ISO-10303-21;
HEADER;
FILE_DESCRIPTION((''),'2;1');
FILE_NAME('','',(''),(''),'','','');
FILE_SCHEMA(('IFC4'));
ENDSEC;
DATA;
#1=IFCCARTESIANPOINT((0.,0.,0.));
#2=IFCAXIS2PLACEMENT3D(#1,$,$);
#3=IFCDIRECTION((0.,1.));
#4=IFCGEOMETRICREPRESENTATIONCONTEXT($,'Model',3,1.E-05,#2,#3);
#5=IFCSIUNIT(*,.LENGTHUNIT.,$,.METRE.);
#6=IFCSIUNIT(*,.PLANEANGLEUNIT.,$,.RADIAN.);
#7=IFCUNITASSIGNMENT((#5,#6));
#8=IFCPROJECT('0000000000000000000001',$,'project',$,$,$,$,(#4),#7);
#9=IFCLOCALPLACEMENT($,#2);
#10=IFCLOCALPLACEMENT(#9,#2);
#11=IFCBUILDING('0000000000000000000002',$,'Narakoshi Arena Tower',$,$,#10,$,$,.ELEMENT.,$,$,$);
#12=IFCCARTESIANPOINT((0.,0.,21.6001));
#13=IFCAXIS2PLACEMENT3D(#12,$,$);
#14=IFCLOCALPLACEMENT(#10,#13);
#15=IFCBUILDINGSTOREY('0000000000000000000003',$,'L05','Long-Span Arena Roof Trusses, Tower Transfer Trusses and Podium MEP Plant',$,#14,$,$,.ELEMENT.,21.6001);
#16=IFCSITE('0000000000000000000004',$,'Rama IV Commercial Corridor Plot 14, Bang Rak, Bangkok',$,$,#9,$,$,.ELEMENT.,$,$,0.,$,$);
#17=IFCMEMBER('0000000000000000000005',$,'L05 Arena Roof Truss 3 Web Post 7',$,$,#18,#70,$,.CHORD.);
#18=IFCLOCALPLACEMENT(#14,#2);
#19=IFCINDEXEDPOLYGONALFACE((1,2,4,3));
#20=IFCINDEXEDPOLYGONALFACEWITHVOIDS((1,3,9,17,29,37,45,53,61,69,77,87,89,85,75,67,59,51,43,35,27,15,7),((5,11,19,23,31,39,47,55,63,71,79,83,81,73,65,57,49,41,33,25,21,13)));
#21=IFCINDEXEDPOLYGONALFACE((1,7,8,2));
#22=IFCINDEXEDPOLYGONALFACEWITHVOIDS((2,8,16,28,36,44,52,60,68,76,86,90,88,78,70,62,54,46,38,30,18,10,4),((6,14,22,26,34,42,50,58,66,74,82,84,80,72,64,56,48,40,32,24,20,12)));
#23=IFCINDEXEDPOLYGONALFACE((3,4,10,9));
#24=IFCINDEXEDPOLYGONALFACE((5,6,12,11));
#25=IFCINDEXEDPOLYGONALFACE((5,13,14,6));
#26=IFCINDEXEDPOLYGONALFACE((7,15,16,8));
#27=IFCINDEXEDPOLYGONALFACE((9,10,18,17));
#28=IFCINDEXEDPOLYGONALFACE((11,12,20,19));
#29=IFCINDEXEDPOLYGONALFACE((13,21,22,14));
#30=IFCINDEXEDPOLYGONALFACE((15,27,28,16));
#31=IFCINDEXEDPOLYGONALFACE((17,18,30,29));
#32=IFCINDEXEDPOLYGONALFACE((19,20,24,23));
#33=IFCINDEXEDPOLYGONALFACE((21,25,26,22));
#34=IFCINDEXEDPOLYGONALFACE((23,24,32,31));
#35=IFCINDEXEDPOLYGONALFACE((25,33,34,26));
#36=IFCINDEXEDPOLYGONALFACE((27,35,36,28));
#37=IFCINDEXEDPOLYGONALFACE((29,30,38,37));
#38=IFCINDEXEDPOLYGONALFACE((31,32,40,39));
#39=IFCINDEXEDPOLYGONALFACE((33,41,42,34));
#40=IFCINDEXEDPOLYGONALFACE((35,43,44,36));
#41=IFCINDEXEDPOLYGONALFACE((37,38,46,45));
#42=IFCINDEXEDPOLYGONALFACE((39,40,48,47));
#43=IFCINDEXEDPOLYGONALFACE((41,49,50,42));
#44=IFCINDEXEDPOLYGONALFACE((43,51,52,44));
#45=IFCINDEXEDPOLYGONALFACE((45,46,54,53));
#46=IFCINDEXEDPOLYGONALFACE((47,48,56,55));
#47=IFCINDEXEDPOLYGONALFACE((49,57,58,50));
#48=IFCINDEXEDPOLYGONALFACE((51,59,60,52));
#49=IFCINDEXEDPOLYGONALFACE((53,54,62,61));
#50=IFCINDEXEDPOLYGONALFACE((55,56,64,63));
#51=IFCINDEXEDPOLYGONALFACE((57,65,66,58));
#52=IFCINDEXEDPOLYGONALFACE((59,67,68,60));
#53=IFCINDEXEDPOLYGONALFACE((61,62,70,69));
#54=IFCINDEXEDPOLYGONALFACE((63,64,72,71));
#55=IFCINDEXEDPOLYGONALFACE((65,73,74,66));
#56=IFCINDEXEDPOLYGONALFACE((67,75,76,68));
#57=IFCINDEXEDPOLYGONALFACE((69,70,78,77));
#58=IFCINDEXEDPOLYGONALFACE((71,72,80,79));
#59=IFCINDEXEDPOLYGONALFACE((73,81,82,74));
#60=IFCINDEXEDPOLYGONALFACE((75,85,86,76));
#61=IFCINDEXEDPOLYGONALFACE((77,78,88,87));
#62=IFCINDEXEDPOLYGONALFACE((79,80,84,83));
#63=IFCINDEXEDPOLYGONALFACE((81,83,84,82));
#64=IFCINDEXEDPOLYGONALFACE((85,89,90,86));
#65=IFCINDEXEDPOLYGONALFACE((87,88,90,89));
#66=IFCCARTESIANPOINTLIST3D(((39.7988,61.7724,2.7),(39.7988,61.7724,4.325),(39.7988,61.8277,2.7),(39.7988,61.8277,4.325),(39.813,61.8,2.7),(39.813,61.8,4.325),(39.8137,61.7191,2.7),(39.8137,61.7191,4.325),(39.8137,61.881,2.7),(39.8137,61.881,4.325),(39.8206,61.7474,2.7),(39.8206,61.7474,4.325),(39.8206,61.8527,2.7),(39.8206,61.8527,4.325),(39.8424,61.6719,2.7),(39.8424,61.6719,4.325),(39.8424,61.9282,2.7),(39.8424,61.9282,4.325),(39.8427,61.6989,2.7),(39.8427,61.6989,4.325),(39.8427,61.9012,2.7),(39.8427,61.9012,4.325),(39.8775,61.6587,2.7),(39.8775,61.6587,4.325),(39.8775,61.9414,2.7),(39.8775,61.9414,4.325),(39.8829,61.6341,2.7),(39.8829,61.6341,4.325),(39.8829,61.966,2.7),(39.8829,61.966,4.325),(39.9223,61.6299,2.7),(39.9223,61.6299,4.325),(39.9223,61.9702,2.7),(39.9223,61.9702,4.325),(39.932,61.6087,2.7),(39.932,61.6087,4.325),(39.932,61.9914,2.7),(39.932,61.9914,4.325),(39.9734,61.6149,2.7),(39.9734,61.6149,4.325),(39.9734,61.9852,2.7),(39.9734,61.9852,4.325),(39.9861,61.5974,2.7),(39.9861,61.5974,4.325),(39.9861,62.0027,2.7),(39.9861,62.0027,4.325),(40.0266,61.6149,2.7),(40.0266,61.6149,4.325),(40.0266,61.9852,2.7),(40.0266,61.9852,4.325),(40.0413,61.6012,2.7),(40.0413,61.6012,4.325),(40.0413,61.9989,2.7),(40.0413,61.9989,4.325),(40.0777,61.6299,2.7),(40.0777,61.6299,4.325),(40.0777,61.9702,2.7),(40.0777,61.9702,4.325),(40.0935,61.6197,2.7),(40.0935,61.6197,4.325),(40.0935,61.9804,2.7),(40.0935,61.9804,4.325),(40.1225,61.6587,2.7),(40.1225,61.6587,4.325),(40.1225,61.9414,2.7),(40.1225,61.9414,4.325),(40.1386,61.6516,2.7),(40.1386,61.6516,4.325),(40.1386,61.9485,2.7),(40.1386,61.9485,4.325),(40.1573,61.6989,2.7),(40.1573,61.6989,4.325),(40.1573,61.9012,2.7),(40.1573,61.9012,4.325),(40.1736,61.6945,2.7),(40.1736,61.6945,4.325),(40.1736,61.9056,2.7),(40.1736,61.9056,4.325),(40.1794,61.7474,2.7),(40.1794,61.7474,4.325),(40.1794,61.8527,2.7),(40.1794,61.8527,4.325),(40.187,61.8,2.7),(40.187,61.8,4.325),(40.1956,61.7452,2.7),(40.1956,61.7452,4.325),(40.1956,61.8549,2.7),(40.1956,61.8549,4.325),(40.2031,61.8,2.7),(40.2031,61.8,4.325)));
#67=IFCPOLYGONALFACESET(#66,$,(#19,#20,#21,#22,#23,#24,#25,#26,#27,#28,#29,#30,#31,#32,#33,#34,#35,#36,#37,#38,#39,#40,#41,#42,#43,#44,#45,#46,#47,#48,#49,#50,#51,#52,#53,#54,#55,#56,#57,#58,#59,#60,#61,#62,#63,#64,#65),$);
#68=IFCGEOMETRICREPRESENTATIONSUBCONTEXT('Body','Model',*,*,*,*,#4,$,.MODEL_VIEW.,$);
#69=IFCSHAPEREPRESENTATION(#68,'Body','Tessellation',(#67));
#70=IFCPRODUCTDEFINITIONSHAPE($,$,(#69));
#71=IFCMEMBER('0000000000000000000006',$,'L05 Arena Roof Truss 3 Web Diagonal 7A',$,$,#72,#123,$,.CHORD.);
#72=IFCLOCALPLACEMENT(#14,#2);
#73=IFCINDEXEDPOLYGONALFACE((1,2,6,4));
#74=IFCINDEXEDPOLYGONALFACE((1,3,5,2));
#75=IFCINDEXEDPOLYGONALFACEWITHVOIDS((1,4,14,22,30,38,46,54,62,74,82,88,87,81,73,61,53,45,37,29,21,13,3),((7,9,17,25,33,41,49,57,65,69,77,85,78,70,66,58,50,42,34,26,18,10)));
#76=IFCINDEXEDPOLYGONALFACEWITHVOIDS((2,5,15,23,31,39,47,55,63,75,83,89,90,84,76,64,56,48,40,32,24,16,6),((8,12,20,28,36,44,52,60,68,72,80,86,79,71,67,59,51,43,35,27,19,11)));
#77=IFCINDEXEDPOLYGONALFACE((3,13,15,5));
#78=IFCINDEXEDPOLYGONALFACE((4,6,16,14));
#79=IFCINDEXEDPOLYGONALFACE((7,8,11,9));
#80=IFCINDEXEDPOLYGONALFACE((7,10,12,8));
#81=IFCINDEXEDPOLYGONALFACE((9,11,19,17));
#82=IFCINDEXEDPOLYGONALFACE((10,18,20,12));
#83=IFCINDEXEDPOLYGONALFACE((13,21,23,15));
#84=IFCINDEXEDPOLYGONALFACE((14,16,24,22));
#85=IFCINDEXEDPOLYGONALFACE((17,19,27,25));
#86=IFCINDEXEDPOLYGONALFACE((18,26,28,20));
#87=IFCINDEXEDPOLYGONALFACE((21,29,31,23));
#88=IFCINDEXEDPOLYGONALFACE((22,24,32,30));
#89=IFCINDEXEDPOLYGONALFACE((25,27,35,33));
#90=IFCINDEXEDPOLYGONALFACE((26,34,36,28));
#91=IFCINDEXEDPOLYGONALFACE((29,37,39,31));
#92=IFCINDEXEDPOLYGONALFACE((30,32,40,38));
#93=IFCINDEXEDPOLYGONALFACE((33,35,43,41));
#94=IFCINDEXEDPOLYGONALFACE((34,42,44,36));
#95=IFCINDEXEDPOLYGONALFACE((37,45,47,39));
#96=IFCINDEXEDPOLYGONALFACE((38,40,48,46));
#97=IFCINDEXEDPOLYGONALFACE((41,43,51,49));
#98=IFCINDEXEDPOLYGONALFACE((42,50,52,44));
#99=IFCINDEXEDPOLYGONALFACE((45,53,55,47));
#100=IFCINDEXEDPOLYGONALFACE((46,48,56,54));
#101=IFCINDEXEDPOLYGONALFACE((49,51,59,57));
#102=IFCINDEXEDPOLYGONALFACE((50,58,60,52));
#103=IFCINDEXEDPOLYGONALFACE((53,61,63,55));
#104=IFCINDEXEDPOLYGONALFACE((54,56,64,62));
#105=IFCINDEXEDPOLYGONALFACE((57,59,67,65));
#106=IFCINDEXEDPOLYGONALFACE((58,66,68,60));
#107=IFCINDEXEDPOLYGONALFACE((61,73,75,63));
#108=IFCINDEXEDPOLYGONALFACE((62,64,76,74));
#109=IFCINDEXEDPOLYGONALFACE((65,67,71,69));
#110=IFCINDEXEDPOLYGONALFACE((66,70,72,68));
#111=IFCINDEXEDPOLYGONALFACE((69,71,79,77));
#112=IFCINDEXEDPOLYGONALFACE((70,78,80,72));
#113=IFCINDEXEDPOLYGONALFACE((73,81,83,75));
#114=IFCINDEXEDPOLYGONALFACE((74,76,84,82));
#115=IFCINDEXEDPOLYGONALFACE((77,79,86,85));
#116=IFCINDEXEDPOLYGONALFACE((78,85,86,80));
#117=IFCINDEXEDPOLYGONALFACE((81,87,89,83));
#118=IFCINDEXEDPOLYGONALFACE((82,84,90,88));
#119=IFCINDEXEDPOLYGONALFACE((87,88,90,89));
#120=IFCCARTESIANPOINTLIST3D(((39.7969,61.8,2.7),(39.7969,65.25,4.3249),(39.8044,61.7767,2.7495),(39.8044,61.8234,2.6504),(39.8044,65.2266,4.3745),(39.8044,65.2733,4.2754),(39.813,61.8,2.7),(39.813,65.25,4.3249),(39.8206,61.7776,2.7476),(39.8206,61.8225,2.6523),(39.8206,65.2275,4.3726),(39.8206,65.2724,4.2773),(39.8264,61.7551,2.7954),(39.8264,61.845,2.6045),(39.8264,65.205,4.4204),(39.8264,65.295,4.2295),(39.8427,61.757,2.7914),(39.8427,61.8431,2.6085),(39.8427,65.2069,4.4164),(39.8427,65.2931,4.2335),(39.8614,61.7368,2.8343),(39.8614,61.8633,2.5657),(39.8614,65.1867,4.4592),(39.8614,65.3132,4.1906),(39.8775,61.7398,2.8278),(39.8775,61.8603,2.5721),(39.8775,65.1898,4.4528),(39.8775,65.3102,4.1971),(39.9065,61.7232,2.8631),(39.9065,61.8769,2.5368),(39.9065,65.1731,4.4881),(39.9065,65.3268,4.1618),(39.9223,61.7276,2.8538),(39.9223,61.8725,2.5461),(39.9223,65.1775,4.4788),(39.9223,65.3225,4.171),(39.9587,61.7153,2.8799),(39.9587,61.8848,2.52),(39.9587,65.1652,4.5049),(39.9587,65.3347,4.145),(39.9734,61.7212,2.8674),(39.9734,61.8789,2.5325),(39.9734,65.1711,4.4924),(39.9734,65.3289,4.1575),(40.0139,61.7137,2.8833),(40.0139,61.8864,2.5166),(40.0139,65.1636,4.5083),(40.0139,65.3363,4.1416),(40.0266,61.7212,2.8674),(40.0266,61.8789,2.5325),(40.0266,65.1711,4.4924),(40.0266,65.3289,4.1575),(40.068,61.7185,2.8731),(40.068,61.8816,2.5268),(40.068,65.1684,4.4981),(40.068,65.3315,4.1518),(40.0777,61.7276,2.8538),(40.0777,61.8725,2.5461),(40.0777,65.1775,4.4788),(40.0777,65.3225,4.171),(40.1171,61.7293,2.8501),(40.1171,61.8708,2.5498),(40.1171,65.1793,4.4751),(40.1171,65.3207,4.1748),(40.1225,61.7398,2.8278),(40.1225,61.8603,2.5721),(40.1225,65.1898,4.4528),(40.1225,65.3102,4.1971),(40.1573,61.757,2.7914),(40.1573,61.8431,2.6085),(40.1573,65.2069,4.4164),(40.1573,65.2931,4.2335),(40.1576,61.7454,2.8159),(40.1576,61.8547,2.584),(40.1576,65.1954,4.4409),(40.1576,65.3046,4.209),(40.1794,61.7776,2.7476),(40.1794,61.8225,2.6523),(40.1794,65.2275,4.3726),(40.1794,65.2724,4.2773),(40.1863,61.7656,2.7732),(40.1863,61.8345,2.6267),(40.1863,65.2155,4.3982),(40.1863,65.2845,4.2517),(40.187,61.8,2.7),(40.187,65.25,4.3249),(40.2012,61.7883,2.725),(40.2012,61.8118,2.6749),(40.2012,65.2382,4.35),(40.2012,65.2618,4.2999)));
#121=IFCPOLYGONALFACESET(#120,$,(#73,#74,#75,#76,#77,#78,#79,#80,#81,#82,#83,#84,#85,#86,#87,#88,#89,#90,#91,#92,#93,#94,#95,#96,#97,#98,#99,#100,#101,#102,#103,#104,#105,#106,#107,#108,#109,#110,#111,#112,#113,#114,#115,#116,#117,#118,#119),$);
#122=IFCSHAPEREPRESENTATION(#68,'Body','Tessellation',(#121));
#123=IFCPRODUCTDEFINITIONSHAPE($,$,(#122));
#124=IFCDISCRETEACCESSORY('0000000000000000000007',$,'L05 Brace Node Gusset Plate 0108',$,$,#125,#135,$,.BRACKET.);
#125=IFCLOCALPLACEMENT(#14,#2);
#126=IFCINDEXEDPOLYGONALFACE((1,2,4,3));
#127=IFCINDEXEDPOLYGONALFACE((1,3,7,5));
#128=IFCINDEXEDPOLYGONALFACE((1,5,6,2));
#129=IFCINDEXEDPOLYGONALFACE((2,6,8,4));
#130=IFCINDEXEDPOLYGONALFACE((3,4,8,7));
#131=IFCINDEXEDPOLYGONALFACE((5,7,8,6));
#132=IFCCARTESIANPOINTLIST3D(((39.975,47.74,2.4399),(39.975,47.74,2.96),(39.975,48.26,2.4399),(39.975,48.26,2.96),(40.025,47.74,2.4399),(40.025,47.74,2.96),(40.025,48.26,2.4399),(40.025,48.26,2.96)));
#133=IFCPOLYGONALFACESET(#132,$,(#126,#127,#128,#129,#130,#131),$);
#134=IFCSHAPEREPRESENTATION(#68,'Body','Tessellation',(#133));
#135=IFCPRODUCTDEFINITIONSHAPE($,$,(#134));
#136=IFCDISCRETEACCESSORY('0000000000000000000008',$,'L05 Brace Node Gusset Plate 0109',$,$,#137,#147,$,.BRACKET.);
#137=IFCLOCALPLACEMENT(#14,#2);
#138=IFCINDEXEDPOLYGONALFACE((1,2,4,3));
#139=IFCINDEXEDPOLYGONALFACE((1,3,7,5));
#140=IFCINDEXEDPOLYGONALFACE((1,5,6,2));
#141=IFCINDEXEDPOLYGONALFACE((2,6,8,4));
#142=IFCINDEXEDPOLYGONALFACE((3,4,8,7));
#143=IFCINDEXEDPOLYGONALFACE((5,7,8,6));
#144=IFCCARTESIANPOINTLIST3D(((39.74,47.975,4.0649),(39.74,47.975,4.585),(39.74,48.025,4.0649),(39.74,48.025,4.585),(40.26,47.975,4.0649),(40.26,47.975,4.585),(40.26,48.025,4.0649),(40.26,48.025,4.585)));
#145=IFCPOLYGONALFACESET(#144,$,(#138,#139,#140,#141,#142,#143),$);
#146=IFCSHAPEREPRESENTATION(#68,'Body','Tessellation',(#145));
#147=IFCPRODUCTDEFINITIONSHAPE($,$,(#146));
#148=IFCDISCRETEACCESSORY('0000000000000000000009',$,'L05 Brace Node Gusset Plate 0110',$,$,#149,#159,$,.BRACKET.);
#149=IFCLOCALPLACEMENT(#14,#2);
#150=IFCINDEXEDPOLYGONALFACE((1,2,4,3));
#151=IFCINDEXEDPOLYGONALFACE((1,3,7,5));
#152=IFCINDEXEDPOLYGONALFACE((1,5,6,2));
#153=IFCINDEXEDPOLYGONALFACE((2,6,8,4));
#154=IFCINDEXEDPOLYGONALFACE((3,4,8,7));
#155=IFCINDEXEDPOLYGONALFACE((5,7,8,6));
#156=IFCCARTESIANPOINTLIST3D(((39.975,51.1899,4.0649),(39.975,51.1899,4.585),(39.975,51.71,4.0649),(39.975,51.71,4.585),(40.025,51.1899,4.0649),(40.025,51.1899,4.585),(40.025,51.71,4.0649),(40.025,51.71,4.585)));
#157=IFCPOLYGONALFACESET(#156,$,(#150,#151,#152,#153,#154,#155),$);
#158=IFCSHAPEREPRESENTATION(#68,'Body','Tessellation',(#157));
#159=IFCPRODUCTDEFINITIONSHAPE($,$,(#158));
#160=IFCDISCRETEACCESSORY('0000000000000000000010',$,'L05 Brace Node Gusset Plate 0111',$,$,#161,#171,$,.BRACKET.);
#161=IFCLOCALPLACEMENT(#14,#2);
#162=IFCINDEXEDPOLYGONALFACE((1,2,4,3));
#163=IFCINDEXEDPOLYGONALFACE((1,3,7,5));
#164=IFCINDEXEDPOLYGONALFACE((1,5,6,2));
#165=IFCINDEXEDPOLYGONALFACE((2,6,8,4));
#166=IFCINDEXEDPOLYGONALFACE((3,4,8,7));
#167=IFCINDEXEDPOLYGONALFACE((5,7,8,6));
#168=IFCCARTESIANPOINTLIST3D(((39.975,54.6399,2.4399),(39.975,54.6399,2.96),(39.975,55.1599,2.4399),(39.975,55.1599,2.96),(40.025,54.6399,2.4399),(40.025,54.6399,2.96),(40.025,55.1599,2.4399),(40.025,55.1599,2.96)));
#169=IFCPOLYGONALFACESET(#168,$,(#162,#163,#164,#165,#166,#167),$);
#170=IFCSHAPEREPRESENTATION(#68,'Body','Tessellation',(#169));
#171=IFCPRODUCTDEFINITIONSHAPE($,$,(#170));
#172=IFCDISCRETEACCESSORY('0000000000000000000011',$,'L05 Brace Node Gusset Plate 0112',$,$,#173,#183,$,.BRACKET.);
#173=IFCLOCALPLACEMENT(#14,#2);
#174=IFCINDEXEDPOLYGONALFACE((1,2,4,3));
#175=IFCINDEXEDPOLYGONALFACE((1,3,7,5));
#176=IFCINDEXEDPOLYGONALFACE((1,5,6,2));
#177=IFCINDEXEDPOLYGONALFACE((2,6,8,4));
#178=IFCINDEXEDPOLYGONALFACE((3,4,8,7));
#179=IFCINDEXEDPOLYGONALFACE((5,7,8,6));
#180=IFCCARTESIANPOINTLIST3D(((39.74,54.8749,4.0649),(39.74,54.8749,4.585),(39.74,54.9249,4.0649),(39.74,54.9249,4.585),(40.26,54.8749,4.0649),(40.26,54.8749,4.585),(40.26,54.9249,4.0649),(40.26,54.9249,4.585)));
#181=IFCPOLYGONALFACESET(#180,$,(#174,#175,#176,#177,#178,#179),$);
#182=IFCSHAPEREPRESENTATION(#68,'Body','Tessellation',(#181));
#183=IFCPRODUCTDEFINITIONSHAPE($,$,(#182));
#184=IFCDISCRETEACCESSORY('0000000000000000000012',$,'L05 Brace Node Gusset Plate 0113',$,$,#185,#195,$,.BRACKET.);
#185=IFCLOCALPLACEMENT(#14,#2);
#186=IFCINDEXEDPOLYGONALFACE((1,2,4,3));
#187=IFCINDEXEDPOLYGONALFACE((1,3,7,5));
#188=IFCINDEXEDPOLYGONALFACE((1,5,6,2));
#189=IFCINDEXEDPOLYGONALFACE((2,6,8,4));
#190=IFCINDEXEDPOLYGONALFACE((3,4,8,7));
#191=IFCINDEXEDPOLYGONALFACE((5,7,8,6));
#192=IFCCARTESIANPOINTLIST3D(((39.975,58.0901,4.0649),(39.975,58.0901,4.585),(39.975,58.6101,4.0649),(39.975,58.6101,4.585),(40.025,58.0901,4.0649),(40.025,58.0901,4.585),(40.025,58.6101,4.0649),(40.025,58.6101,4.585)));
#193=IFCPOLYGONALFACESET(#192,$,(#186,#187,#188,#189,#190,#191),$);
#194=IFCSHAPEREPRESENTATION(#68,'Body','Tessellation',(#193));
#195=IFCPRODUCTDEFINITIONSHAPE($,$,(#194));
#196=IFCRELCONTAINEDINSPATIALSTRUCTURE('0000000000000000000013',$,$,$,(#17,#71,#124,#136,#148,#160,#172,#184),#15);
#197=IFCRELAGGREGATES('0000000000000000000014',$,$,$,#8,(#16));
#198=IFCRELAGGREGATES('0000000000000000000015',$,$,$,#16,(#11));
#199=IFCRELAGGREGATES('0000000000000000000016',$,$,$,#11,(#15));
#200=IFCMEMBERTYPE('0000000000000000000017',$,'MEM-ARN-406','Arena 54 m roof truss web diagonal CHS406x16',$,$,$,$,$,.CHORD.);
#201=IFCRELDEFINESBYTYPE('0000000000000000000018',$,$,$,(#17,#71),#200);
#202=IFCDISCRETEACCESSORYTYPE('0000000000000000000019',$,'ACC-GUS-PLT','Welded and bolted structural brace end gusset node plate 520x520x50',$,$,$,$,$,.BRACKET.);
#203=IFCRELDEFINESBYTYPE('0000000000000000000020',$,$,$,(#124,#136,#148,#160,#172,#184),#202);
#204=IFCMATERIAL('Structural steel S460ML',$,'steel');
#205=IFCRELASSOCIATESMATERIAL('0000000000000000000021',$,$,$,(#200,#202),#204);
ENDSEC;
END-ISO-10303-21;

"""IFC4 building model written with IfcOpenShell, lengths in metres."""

from ifc_helpers import new_model, si_unit, direction, frame, origin, origin_2d, place, context, subcontext, project, spatial, rectangle, hollow_circle, extrude, material, material_profile, profile_set, type_object, element, save


model = new_model("IFC4")

# Units and contexts
model_context = context("Model", 3, precision=1e-05, world=origin(), true_north=direction((0.0, 1.0)))
body_context = subcontext(model_context, "Body", "Model", "MODEL_VIEW")
ifc_project = project(units=[si_unit("LENGTHUNIT", "METRE"), si_unit("PLANEANGLEUNIT", "RADIAN")], contexts=[model_context])

# Site, building, storey
site_placement = place(None, origin())
site = spatial("IfcSite", under=ifc_project, at=site_placement, Name="Rama IV Commercial Corridor Plot 14, Bang Rak, Bangkok", CompositionType="ELEMENT", RefElevation=0.0)
building_placement = place(site_placement, origin())
building = spatial("IfcBuilding", under=site, at=building_placement, Name="Narakoshi Arena Tower", CompositionType="ELEMENT")
storey_placement = place(building_placement, frame((0.0, 0.0, 21.6001)))
storey = spatial("IfcBuildingStorey", under=building, at=storey_placement, Name="L05", Description="Long-Span Arena Roof Trusses, Tower Transfer Trusses and Podium MEP Plant", CompositionType="ELEMENT", Elevation=21.6001)

# Shared definitions
ifc_material_1 = material(Name="Structural steel S460ML", Category="steel")

# Members
ifc_material_profile_1 = material_profile(ifc_material_1, hollow_circle(Radius=0.2031, WallThickness=0.0161, at=origin_2d()), Name="CHS406x16")
ifc_profile_set_1 = profile_set([ifc_material_profile_1], Name="Structural steel S460ML")
member_type = type_object("IfcMemberType", Name="MEM-ARN-406", Description="Arena 54 m roof truss web diagonal CHS406x16", PredefinedType="CHORD", material=ifc_profile_set_1)
member_1_placement = place(storey_placement, frame((40.0, 61.8, 2.7), z_axis=(0.0, 0.0, 1.0), x_axis=(1.0, 0.0, 0.0)))
element("IfcMember", 1, at=member_1_placement, inside=storey, type_object=member_type, Name="L05 Arena Roof Truss 3 Web Post 7", PredefinedType="CHORD", context=body_context, shape_type="SweptSolid", body=[
    extrude(hollow_circle(Radius=0.2031, WallThickness=0.0161, at=origin_2d()), origin(), (0.0, 0.0, 1.0), 1.625),
])
member_2_placement = place(storey_placement, frame((40.0, 61.8, 2.7), z_axis=(0.0, 0.904668, 0.426118), x_axis=(-1.0, 0.0, 0.0)))
element("IfcMember", 2, at=member_2_placement, inside=storey, type_object=member_type, Name="L05 Arena Roof Truss 3 Web Diagonal 7A", PredefinedType="CHORD", context=body_context, shape_type="SweptSolid", body=[
    extrude(hollow_circle(Radius=0.2031, WallThickness=0.0161, at=origin_2d()), origin(), (0.0, 0.0, 1.0), 3.8135),
])

# Discrete accessories
discrete_accessory_type = type_object("IfcDiscreteAccessoryType", Name="ACC-GUS-PLT", Description="Welded and bolted structural brace end gusset node plate 520x520x50", PredefinedType="BRACKET", material=ifc_material_1)
for number, where, z_axis, x_axis, name in (
    (3, (40.0, 48.0, 2.4399), (0.0, 0.0, 1.0), (0.0, 1.0, 0.0), "L05 Brace Node Gusset Plate 0108"),
    (4, (40.0, 48.0, 4.0649), (0.0, 0.0, 1.0), (1.0, 0.0, 0.0), "L05 Brace Node Gusset Plate 0109"),
    (5, (40.0, 51.45, 4.0649), (0.0, 0.0, 1.0), (0.0, 1.0, 0.0), "L05 Brace Node Gusset Plate 0110"),
    (6, (40.0, 54.8999, 2.4399), (0.0, 0.0, 1.0), (0.0, 1.0, 0.0), "L05 Brace Node Gusset Plate 0111"),
    (7, (40.0, 54.8999, 4.0649), (0.0, 0.0, 1.0), (1.0, 0.0, 0.0), "L05 Brace Node Gusset Plate 0112"),
    (8, (40.0, 58.3501, 4.0649), (0.0, 0.0, 1.0), (0.0, 1.0, 0.0), "L05 Brace Node Gusset Plate 0113"),
):
    element("IfcDiscreteAccessory", number, at=place(storey_placement, frame(where, z_axis=z_axis, x_axis=x_axis)), inside=storey, type_object=discrete_accessory_type, Name=name, PredefinedType="BRACKET", context=body_context, shape_type="SweptSolid", body=[
        extrude(rectangle(XDim=0.52, YDim=0.05, at=origin_2d()), origin(), (0.0, 0.0, 1.0), 0.52),
    ])

save(model, "model.ifc")
